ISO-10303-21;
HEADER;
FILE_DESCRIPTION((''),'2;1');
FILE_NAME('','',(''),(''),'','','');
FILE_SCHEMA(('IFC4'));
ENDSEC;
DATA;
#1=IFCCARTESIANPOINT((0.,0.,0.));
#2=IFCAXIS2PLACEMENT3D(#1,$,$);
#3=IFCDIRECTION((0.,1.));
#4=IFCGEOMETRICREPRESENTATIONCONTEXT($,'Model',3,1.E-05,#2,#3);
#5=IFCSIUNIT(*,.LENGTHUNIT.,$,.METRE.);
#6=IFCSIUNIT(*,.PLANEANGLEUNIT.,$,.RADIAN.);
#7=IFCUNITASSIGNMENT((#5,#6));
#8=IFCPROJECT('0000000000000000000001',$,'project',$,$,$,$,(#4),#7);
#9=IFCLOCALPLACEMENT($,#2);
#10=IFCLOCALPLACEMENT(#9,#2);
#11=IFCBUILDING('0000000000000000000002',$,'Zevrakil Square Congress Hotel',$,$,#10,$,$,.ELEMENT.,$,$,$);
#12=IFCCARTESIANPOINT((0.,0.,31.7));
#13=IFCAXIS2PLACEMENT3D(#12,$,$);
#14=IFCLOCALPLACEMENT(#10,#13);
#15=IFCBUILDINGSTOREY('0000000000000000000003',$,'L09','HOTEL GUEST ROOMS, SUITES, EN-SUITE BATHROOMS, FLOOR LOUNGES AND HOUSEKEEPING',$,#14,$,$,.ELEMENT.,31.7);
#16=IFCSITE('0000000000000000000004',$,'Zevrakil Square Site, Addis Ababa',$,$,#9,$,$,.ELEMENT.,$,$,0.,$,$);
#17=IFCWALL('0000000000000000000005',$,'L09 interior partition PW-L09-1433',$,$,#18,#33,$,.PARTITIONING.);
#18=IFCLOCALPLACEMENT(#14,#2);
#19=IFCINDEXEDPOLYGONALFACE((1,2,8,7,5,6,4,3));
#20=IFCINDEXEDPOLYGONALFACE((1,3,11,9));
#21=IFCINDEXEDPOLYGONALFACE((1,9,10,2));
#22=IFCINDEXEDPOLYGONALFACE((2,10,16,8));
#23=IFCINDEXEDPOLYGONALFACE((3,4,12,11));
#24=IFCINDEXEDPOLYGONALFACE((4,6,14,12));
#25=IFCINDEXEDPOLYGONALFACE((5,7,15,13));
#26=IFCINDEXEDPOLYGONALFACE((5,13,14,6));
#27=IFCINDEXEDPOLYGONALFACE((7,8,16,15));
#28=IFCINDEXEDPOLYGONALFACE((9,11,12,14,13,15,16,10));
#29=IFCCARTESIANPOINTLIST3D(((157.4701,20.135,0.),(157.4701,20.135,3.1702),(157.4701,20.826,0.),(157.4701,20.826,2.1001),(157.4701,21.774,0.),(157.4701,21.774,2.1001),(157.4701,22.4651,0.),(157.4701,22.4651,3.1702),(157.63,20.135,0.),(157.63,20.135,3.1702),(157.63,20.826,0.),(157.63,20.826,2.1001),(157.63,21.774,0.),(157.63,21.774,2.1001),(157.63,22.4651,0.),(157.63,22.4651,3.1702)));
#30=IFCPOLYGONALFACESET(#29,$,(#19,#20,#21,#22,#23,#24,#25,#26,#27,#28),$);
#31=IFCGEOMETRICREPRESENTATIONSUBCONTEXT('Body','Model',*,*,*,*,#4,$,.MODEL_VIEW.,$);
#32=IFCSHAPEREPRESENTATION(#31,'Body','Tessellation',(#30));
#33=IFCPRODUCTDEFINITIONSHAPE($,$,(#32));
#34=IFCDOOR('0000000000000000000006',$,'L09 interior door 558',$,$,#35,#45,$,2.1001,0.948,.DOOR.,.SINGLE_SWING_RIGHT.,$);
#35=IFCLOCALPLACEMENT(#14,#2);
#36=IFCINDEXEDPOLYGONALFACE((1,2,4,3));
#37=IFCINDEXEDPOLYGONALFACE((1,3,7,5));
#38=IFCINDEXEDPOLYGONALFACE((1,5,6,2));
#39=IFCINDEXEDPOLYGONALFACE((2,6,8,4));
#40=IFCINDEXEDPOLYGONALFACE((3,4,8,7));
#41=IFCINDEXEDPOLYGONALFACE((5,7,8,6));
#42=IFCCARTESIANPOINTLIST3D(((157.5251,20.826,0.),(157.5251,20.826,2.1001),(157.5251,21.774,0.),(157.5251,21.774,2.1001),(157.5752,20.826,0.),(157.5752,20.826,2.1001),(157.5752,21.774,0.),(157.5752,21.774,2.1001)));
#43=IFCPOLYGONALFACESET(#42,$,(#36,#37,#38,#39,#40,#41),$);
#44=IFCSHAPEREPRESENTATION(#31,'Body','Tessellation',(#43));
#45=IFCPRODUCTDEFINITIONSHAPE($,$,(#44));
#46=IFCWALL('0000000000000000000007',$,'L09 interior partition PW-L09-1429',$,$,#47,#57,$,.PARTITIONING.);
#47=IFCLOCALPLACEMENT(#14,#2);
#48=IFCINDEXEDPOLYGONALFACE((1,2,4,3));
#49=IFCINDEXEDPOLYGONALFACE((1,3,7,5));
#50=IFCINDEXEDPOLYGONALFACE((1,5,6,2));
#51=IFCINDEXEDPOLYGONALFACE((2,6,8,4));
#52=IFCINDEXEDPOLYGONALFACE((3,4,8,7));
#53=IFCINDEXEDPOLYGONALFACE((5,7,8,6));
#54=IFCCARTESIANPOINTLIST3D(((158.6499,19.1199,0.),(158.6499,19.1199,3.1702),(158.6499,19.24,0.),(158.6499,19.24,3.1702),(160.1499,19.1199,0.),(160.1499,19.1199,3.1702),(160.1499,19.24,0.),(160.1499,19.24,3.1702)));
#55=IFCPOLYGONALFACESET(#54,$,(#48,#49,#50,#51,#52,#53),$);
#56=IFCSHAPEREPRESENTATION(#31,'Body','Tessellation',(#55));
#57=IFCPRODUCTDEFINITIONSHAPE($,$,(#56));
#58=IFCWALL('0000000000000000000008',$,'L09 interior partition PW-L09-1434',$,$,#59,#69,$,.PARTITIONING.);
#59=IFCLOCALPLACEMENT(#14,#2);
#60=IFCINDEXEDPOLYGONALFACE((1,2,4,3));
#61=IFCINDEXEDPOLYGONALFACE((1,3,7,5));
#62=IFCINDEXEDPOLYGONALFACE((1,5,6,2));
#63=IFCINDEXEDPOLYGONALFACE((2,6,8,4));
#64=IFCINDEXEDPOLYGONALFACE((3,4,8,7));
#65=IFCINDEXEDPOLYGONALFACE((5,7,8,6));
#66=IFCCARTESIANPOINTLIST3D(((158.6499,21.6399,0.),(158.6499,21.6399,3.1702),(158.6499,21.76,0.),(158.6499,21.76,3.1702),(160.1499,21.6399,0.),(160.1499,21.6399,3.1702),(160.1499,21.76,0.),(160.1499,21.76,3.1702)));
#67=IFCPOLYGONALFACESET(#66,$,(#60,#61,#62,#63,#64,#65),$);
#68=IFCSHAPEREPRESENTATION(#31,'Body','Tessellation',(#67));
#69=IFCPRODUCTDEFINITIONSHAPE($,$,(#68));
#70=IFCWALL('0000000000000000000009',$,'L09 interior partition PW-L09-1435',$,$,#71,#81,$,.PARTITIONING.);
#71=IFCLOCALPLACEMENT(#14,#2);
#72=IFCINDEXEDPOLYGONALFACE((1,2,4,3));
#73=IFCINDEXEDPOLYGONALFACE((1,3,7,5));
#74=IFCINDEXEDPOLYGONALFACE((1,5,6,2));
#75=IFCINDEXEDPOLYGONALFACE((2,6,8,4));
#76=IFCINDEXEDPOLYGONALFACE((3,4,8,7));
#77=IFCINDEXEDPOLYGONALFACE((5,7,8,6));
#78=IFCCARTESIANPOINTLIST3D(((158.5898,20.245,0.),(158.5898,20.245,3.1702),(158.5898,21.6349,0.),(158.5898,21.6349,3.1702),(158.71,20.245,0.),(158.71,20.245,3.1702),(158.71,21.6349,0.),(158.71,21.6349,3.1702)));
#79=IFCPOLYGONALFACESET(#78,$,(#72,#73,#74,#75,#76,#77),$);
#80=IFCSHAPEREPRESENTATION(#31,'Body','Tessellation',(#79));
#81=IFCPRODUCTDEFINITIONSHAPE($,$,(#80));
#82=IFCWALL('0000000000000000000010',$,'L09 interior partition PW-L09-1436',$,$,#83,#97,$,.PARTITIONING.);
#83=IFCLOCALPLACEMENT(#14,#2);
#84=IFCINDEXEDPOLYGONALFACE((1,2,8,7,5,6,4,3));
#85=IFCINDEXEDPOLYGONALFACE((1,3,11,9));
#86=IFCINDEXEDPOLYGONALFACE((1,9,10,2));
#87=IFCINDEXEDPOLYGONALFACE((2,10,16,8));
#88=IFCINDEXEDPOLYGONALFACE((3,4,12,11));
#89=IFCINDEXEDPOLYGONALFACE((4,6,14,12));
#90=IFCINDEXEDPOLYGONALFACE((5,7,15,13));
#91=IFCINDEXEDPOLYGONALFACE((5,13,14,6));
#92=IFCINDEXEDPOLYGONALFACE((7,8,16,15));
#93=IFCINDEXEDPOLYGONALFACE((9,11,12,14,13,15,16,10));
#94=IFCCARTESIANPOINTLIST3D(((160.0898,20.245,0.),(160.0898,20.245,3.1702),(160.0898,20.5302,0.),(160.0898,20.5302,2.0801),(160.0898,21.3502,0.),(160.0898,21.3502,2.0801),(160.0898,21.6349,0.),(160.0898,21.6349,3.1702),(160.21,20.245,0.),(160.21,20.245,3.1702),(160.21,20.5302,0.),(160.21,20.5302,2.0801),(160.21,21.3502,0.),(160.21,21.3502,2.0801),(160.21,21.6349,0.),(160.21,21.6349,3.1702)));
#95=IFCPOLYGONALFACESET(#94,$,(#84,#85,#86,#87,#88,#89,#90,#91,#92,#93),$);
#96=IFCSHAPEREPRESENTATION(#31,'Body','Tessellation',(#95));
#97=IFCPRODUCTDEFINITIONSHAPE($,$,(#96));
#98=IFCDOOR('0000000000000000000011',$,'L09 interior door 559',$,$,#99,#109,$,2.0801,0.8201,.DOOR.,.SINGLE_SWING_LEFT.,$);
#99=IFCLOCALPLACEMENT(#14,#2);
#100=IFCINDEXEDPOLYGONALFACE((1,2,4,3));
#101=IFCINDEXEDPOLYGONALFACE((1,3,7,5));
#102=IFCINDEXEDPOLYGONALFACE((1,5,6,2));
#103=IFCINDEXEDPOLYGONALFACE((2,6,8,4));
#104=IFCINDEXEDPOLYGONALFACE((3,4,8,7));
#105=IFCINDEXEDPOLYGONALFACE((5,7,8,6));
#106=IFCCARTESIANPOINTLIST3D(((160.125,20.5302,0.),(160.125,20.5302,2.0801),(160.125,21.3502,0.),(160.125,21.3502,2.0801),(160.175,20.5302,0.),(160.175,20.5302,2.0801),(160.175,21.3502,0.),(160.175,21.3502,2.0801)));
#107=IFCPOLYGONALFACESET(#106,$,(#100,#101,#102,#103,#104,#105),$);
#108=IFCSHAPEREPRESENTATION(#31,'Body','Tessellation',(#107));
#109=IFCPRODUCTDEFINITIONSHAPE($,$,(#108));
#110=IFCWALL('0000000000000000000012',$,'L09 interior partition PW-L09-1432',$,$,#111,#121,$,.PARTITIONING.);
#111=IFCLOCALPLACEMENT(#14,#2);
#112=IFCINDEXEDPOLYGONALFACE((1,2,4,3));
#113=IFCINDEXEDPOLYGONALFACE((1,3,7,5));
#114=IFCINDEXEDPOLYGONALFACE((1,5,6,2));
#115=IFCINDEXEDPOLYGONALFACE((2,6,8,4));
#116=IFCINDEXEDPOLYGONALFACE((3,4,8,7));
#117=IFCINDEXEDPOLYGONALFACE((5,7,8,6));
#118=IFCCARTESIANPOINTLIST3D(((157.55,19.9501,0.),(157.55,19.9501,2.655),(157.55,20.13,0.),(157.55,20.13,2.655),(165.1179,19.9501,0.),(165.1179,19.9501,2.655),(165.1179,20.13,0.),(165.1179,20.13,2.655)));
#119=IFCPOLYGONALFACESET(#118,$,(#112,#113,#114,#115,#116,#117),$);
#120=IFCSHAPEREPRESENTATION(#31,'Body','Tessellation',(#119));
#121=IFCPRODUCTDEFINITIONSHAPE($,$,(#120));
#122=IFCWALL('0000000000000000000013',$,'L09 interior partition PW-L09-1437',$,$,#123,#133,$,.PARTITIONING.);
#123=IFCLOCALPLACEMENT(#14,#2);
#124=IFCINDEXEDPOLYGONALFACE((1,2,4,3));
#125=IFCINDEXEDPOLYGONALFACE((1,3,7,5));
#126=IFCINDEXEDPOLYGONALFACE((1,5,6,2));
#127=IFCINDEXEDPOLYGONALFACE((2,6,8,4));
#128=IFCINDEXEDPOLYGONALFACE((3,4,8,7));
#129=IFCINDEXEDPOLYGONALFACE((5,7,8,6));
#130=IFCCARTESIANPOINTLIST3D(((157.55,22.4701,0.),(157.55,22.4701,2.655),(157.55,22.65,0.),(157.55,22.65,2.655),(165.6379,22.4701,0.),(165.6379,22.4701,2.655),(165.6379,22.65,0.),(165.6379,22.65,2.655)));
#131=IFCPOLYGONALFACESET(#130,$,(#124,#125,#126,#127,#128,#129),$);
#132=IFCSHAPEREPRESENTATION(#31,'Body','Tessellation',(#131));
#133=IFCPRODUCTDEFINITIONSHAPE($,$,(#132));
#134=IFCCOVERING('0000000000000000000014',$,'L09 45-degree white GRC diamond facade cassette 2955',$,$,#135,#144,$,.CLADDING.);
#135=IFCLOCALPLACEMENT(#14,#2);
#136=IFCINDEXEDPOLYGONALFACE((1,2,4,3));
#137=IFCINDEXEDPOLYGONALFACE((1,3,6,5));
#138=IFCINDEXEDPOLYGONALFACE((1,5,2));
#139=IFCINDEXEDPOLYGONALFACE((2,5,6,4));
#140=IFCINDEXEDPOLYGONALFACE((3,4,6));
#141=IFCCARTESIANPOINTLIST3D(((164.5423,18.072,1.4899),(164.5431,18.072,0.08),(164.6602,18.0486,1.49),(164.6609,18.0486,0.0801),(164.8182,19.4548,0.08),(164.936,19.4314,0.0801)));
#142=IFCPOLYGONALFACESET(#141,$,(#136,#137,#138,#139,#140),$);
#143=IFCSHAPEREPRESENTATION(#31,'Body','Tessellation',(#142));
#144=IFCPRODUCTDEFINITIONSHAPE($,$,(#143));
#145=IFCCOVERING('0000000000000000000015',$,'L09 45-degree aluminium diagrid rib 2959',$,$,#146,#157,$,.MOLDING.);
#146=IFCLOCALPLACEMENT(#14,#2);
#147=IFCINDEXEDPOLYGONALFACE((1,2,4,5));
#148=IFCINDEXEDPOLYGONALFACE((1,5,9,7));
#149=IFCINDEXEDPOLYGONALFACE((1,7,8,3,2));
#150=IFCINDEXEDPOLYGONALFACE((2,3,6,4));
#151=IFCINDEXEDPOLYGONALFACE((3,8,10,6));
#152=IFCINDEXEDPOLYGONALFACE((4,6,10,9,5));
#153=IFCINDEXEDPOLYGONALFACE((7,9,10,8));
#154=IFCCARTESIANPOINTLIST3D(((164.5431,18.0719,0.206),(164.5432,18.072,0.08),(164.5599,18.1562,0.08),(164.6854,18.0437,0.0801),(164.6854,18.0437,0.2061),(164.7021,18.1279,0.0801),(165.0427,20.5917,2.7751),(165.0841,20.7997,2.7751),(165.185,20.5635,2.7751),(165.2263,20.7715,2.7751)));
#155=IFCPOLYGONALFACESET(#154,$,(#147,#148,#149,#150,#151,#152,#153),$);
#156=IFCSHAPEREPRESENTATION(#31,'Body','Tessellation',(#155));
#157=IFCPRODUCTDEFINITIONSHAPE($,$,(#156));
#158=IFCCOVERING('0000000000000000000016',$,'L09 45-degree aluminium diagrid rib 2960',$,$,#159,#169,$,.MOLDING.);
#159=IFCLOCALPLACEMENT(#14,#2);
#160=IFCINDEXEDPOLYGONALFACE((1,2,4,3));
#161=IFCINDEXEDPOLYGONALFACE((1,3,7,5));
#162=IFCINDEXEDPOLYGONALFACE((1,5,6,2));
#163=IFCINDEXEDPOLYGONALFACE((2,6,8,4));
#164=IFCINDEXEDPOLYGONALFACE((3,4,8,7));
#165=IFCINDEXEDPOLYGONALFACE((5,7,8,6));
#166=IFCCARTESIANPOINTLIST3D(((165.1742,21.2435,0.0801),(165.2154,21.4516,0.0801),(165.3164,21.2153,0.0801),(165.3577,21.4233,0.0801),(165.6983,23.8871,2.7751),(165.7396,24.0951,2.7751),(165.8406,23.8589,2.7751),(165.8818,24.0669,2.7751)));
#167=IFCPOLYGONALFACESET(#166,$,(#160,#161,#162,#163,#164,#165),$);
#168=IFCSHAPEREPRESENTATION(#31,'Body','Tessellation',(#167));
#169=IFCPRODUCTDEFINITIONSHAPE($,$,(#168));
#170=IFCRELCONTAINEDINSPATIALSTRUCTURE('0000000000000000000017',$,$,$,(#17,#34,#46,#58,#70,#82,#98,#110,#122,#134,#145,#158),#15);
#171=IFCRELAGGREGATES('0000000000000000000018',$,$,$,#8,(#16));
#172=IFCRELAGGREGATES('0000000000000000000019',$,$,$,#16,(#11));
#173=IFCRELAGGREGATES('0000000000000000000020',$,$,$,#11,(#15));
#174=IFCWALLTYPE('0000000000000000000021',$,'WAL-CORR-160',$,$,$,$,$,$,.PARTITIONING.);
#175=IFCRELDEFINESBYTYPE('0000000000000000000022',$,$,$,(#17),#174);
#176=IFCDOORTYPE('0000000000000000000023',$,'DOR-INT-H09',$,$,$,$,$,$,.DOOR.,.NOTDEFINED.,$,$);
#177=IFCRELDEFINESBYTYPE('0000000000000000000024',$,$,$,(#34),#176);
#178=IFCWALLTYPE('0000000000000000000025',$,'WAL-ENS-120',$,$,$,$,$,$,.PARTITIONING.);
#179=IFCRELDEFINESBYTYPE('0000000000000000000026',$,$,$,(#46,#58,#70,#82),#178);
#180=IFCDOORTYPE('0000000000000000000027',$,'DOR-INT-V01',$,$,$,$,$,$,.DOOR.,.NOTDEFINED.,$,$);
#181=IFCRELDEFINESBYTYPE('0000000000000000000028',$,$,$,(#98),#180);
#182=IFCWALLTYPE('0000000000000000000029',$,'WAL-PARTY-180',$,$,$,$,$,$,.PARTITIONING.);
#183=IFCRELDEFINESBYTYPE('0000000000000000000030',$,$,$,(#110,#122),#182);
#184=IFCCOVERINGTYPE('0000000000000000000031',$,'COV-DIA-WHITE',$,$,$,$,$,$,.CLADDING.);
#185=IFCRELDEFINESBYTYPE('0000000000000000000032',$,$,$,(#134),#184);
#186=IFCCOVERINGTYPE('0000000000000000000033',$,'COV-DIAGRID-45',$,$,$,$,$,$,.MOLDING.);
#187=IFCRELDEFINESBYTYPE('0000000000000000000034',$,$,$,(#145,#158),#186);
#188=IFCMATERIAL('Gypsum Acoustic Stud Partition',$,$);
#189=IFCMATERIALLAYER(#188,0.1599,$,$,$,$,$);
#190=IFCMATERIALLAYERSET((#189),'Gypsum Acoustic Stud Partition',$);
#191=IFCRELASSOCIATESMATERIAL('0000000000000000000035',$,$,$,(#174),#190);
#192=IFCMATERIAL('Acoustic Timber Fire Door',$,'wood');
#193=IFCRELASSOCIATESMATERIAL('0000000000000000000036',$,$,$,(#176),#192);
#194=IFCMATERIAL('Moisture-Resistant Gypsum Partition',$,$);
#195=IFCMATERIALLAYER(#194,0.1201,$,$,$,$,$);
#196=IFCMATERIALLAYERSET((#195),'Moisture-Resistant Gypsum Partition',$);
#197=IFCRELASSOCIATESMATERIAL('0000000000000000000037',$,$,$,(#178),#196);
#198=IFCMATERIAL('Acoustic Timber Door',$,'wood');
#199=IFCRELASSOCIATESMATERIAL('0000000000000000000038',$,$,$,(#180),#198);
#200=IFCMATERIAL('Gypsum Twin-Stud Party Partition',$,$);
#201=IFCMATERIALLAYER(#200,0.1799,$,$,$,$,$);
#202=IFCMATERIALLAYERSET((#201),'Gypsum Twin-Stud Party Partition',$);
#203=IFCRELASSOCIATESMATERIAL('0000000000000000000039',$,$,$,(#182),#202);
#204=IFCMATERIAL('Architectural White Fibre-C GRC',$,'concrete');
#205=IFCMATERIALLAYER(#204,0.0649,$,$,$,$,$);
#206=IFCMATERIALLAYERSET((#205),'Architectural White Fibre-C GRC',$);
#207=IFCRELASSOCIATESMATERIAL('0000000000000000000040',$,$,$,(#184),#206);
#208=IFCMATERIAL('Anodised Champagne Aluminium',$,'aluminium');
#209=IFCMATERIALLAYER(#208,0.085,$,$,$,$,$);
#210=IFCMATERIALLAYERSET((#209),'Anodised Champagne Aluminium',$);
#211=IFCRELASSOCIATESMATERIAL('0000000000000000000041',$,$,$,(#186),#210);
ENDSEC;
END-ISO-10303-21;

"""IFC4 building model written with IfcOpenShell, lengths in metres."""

from ifc_helpers import new_model, si_unit, direction, frame, frame_2d, origin, place, context, subcontext, project, spatial, polyline, rectangle, outline, extrude, material, layer, layer_set, type_object, element, fill, save


model = new_model("IFC4")

# Units and contexts
model_context = context("Model", 3, precision=1e-05, world=origin(), true_north=direction((0.0, 1.0)))
body_context = subcontext(model_context, "Body", "Model", "MODEL_VIEW")
ifc_project = project(units=[si_unit("LENGTHUNIT", "METRE"), si_unit("PLANEANGLEUNIT", "RADIAN")], contexts=[model_context])

# Site, building, storey
site_placement = place(None, origin())
site = spatial("IfcSite", under=ifc_project, at=site_placement, Name="Zevrakil Square Site, Addis Ababa", CompositionType="ELEMENT", RefElevation=0.0)
building_placement = place(site_placement, origin())
building = spatial("IfcBuilding", under=site, at=building_placement, Name="Zevrakil Square Congress Hotel", CompositionType="ELEMENT")
storey_placement = place(building_placement, frame((0.0, 0.0, 31.7)))
storey = spatial("IfcBuildingStorey", under=building, at=storey_placement, Name="L09", Description="HOTEL GUEST ROOMS, SUITES, EN-SUITE BATHROOMS, FLOOR LOUNGES AND HOUSEKEEPING", CompositionType="ELEMENT", Elevation=31.7)

# Wall, opening, door
ifc_material_1 = material(Name="Gypsum Acoustic Stud Partition")
ifc_layer_1 = layer(ifc_material_1, 0.1599)
ifc_layer_set_1 = layer_set([ifc_layer_1], Name="Gypsum Acoustic Stud Partition")
wall_type_1 = type_object("IfcWallType", Name="WAL-CORR-160", PredefinedType="PARTITIONING", material=ifc_layer_set_1)
wall_1_placement = place(storey_placement, frame((157.55, 20.135, 0.0), z_axis=(0.0, 0.0, 1.0), x_axis=(0.0, 1.0, 0.0)))
wall_1 = element("IfcWall", 1, at=wall_1_placement, inside=storey, type_object=wall_type_1, Name="L09 interior partition PW-L09-1433", PredefinedType="PARTITIONING", context=body_context, shape_type="SweptSolid", body=[
    extrude(rectangle(XDim=2.3301, YDim=0.1599, at=frame_2d((1.165, 0.0))), origin(), (0.0, 0.0, 1.0), 3.1702),
])
opening_1_placement = place(wall_1_placement, frame((0.6909, 0.0, 0.0)))
opening_1 = element("IfcOpeningElement", 2, at=opening_1_placement, cuts=wall_1, PredefinedType="OPENING", context=body_context, shape_type="SweptSolid", body=[
    extrude(rectangle(XDim=0.948, YDim=2.1001, at=frame_2d((0.4741, 1.05))), frame((0.0, 0.0898, 0.0), z_axis=(0.0, -1.0, 0.0), x_axis=(1.0, 0.0, 0.0)), (0.0, 0.0, 1.0), 0.1799),
])
ifc_material_2 = material(Name="Acoustic Timber Fire Door", Category="wood")
door_type_1 = type_object("IfcDoorType", Name="DOR-INT-H09", OperationType="NOTDEFINED", PredefinedType="DOOR", material=ifc_material_2)
door_1_placement = place(opening_1_placement, origin())
door_1 = element("IfcDoor", 3, at=door_1_placement, inside=storey, type_object=door_type_1, Name="L09 interior door 558", OperationType="SINGLE_SWING_RIGHT", OverallHeight=2.1001, OverallWidth=0.948, PredefinedType="DOOR", context=body_context, shape_type="SweptSolid", body=[
    extrude(rectangle(XDim=0.948, YDim=2.1001, at=frame_2d((0.4741, 1.05))), frame((0.0, 0.0249, 0.0), z_axis=(0.0, -1.0, 0.0), x_axis=(1.0, 0.0, 0.0)), (0.0, 0.0, 1.0), 0.05),
])
fill(opening_1, door_1)

# Walls
ifc_material_3 = material(Name="Moisture-Resistant Gypsum Partition")
ifc_layer_2 = layer(ifc_material_3, 0.1201)
ifc_layer_set_2 = layer_set([ifc_layer_2], Name="Moisture-Resistant Gypsum Partition")
wall_type_2 = type_object("IfcWallType", Name="WAL-ENS-120", PredefinedType="PARTITIONING", material=ifc_layer_set_2)
for number, where, z_axis, x_axis, name in (
    (4, (158.6499, 19.1799, 0.0), (0.0, 0.0, 1.0), (1.0, 0.0, 0.0), "L09 interior partition PW-L09-1429"),
    (5, (158.6499, 21.7, 0.0), (0.0, 0.0, 1.0), (1.0, 0.0, 0.0), "L09 interior partition PW-L09-1434"),
):
    element("IfcWall", number, at=place(storey_placement, frame(where, z_axis=z_axis, x_axis=x_axis)), inside=storey, type_object=wall_type_2, Name=name, PredefinedType="PARTITIONING", context=body_context, shape_type="SweptSolid", body=[
        extrude(rectangle(XDim=1.5, YDim=0.1201, at=frame_2d((0.75, 0.0))), origin(), (0.0, 0.0, 1.0), 3.1702),
    ])
wall_2_placement = place(storey_placement, frame((158.6499, 20.2451, 0.0), z_axis=(0.0, 0.0, 1.0), x_axis=(0.0, 1.0, 0.0)))
element("IfcWall", 6, at=wall_2_placement, inside=storey, type_object=wall_type_2, Name="L09 interior partition PW-L09-1435", PredefinedType="PARTITIONING", context=body_context, shape_type="SweptSolid", body=[
    extrude(rectangle(XDim=1.3899, YDim=0.1201, at=frame_2d((0.6948, 0.0))), origin(), (0.0, 0.0, 1.0), 3.1702),
])

# Wall, opening, door
wall_3_placement = place(storey_placement, frame((160.1499, 20.2451, 0.0), z_axis=(0.0, 0.0, 1.0), x_axis=(0.0, 1.0, 0.0)))
wall_3 = element("IfcWall", 7, at=wall_3_placement, inside=storey, type_object=wall_type_2, Name="L09 interior partition PW-L09-1436", PredefinedType="PARTITIONING", context=body_context, shape_type="SweptSolid", body=[
    extrude(rectangle(XDim=1.3899, YDim=0.1201, at=frame_2d((0.6948, 0.0))), origin(), (0.0, 0.0, 1.0), 3.1702),
])
opening_2_placement = place(wall_3_placement, frame((0.2849, 0.0, 0.0)))
opening_2 = element("IfcOpeningElement", 8, at=opening_2_placement, cuts=wall_3, PredefinedType="OPENING", context=body_context, shape_type="SweptSolid", body=[
    extrude(rectangle(XDim=0.8201, YDim=2.0801, at=frame_2d((0.4102, 1.04))), frame((0.0, 0.0701, 0.0), z_axis=(0.0, -1.0, 0.0), x_axis=(1.0, 0.0, 0.0)), (0.0, 0.0, 1.0), 0.1401),
])
ifc_material_4 = material(Name="Acoustic Timber Door", Category="wood")
door_type_2 = type_object("IfcDoorType", Name="DOR-INT-V01", OperationType="NOTDEFINED", PredefinedType="DOOR", material=ifc_material_4)
door_2_placement = place(opening_2_placement, origin())
door_2 = element("IfcDoor", 9, at=door_2_placement, inside=storey, type_object=door_type_2, Name="L09 interior door 559", OperationType="SINGLE_SWING_LEFT", OverallHeight=2.0801, OverallWidth=0.8201, PredefinedType="DOOR", context=body_context, shape_type="SweptSolid", body=[
    extrude(rectangle(XDim=0.8201, YDim=2.0801, at=frame_2d((0.4102, 1.04))), frame((0.0, 0.0249, 0.0), z_axis=(0.0, -1.0, 0.0), x_axis=(1.0, 0.0, 0.0)), (0.0, 0.0, 1.0), 0.05),
])
fill(opening_2, door_2)

# Walls
ifc_material_5 = material(Name="Gypsum Twin-Stud Party Partition")
ifc_layer_3 = layer(ifc_material_5, 0.1799)
ifc_layer_set_3 = layer_set([ifc_layer_3], Name="Gypsum Twin-Stud Party Partition")
wall_type_3 = type_object("IfcWallType", Name="WAL-PARTY-180", PredefinedType="PARTITIONING", material=ifc_layer_set_3)
wall_4_placement = place(storey_placement, frame((157.55, 20.04, 0.0), z_axis=(0.0, 0.0, 1.0), x_axis=(1.0, 0.0, 0.0)))
element("IfcWall", 10, at=wall_4_placement, inside=storey, type_object=wall_type_3, Name="L09 interior partition PW-L09-1432", PredefinedType="PARTITIONING", context=body_context, shape_type="SweptSolid", body=[
    extrude(rectangle(XDim=7.5679, YDim=0.1799, at=frame_2d((3.7839, 0.0))), origin(), (0.0, 0.0, 1.0), 2.655),
])
wall_5_placement = place(storey_placement, frame((157.55, 22.5601, 0.0), z_axis=(0.0, 0.0, 1.0), x_axis=(1.0, 0.0, 0.0)))
element("IfcWall", 11, at=wall_5_placement, inside=storey, type_object=wall_type_3, Name="L09 interior partition PW-L09-1437", PredefinedType="PARTITIONING", context=body_context, shape_type="SweptSolid", body=[
    extrude(rectangle(XDim=8.0879, YDim=0.1799, at=frame_2d((4.0439, 0.0))), origin(), (0.0, 0.0, 1.0), 2.655),
])

# Coverings
ifc_material_6 = material(Name="Architectural White Fibre-C GRC", Category="concrete")
ifc_layer_4 = layer(ifc_material_6, 0.0649)
ifc_layer_set_4 = layer_set([ifc_layer_4], Name="Architectural White Fibre-C GRC")
covering_type_1 = type_object("IfcCoveringType", Name="COV-DIA-WHITE", PredefinedType="CLADDING", material=ifc_layer_set_4)
covering_1_placement = place(storey_placement, frame((164.936, 19.4314, 0.0801), z_axis=(0.980773, -0.19515, 0.000509), x_axis=(-0.19515, -0.980773, 0.0)))
element("IfcCovering", 12, at=covering_1_placement, inside=storey, type_object=covering_type_1, Name="L09 45-degree white GRC diamond facade cassette 2955", PredefinedType="CLADDING", context=body_context, shape_type="SweptSolid", body=[
    extrude(outline(polyline([(0.0, 0.0), (1.4099, 0.0), (1.4101, -1.4099), (0.0, 0.0)])), origin(), (0.0, 0.0, -1.0), 0.1201),
])
ifc_material_7 = material(Name="Anodised Champagne Aluminium", Category="aluminium")
ifc_layer_5 = layer(ifc_material_7, 0.085)
ifc_layer_set_5 = layer_set([ifc_layer_5], Name="Anodised Champagne Aluminium")
covering_type_2 = type_object("IfcCoveringType", Name="COV-DIAGRID-45", PredefinedType="MOLDING", material=ifc_layer_set_5)
covering_2_placement = place(storey_placement, frame((164.7021, 18.1279, 0.0801), z_axis=(0.980833, -0.194852, 0.000369), x_axis=(-0.194852, -0.980833, -0.000001)))
element("IfcCovering", 13, at=covering_2_placement, inside=storey, type_object=covering_type_2, Name="L09 45-degree aluminium diagrid rib 2959", PredefinedType="MOLDING", context=body_context, shape_type="SweptSolid", body=[
    extrude(outline(polyline([(0.0, 0.0), (0.0858, 0.0), (0.0859, -0.126), (-2.483, -2.6951), (-2.695, -2.6951), (0.0, 0.0)])), origin(), (0.0, 0.0, -1.0), 0.145),
])
covering_3_placement = place(storey_placement, frame((165.3577, 21.4233, 0.0801), z_axis=(0.980889, -0.194566, 0.000072), x_axis=(-0.194566, -0.980889, 0.0)))
element("IfcCovering", 14, at=covering_3_placement, inside=storey, type_object=covering_type_2, Name="L09 45-degree aluminium diagrid rib 2960", PredefinedType="MOLDING", context=body_context, shape_type="SweptSolid", body=[
    extrude(outline(polyline([(0.0, 0.0), (0.2121, 0.0), (-2.483, -2.6951), (-2.695, -2.6951), (0.0, 0.0)])), origin(), (0.0, 0.0, -1.0), 0.145),
])

save(model, "model.ifc")
